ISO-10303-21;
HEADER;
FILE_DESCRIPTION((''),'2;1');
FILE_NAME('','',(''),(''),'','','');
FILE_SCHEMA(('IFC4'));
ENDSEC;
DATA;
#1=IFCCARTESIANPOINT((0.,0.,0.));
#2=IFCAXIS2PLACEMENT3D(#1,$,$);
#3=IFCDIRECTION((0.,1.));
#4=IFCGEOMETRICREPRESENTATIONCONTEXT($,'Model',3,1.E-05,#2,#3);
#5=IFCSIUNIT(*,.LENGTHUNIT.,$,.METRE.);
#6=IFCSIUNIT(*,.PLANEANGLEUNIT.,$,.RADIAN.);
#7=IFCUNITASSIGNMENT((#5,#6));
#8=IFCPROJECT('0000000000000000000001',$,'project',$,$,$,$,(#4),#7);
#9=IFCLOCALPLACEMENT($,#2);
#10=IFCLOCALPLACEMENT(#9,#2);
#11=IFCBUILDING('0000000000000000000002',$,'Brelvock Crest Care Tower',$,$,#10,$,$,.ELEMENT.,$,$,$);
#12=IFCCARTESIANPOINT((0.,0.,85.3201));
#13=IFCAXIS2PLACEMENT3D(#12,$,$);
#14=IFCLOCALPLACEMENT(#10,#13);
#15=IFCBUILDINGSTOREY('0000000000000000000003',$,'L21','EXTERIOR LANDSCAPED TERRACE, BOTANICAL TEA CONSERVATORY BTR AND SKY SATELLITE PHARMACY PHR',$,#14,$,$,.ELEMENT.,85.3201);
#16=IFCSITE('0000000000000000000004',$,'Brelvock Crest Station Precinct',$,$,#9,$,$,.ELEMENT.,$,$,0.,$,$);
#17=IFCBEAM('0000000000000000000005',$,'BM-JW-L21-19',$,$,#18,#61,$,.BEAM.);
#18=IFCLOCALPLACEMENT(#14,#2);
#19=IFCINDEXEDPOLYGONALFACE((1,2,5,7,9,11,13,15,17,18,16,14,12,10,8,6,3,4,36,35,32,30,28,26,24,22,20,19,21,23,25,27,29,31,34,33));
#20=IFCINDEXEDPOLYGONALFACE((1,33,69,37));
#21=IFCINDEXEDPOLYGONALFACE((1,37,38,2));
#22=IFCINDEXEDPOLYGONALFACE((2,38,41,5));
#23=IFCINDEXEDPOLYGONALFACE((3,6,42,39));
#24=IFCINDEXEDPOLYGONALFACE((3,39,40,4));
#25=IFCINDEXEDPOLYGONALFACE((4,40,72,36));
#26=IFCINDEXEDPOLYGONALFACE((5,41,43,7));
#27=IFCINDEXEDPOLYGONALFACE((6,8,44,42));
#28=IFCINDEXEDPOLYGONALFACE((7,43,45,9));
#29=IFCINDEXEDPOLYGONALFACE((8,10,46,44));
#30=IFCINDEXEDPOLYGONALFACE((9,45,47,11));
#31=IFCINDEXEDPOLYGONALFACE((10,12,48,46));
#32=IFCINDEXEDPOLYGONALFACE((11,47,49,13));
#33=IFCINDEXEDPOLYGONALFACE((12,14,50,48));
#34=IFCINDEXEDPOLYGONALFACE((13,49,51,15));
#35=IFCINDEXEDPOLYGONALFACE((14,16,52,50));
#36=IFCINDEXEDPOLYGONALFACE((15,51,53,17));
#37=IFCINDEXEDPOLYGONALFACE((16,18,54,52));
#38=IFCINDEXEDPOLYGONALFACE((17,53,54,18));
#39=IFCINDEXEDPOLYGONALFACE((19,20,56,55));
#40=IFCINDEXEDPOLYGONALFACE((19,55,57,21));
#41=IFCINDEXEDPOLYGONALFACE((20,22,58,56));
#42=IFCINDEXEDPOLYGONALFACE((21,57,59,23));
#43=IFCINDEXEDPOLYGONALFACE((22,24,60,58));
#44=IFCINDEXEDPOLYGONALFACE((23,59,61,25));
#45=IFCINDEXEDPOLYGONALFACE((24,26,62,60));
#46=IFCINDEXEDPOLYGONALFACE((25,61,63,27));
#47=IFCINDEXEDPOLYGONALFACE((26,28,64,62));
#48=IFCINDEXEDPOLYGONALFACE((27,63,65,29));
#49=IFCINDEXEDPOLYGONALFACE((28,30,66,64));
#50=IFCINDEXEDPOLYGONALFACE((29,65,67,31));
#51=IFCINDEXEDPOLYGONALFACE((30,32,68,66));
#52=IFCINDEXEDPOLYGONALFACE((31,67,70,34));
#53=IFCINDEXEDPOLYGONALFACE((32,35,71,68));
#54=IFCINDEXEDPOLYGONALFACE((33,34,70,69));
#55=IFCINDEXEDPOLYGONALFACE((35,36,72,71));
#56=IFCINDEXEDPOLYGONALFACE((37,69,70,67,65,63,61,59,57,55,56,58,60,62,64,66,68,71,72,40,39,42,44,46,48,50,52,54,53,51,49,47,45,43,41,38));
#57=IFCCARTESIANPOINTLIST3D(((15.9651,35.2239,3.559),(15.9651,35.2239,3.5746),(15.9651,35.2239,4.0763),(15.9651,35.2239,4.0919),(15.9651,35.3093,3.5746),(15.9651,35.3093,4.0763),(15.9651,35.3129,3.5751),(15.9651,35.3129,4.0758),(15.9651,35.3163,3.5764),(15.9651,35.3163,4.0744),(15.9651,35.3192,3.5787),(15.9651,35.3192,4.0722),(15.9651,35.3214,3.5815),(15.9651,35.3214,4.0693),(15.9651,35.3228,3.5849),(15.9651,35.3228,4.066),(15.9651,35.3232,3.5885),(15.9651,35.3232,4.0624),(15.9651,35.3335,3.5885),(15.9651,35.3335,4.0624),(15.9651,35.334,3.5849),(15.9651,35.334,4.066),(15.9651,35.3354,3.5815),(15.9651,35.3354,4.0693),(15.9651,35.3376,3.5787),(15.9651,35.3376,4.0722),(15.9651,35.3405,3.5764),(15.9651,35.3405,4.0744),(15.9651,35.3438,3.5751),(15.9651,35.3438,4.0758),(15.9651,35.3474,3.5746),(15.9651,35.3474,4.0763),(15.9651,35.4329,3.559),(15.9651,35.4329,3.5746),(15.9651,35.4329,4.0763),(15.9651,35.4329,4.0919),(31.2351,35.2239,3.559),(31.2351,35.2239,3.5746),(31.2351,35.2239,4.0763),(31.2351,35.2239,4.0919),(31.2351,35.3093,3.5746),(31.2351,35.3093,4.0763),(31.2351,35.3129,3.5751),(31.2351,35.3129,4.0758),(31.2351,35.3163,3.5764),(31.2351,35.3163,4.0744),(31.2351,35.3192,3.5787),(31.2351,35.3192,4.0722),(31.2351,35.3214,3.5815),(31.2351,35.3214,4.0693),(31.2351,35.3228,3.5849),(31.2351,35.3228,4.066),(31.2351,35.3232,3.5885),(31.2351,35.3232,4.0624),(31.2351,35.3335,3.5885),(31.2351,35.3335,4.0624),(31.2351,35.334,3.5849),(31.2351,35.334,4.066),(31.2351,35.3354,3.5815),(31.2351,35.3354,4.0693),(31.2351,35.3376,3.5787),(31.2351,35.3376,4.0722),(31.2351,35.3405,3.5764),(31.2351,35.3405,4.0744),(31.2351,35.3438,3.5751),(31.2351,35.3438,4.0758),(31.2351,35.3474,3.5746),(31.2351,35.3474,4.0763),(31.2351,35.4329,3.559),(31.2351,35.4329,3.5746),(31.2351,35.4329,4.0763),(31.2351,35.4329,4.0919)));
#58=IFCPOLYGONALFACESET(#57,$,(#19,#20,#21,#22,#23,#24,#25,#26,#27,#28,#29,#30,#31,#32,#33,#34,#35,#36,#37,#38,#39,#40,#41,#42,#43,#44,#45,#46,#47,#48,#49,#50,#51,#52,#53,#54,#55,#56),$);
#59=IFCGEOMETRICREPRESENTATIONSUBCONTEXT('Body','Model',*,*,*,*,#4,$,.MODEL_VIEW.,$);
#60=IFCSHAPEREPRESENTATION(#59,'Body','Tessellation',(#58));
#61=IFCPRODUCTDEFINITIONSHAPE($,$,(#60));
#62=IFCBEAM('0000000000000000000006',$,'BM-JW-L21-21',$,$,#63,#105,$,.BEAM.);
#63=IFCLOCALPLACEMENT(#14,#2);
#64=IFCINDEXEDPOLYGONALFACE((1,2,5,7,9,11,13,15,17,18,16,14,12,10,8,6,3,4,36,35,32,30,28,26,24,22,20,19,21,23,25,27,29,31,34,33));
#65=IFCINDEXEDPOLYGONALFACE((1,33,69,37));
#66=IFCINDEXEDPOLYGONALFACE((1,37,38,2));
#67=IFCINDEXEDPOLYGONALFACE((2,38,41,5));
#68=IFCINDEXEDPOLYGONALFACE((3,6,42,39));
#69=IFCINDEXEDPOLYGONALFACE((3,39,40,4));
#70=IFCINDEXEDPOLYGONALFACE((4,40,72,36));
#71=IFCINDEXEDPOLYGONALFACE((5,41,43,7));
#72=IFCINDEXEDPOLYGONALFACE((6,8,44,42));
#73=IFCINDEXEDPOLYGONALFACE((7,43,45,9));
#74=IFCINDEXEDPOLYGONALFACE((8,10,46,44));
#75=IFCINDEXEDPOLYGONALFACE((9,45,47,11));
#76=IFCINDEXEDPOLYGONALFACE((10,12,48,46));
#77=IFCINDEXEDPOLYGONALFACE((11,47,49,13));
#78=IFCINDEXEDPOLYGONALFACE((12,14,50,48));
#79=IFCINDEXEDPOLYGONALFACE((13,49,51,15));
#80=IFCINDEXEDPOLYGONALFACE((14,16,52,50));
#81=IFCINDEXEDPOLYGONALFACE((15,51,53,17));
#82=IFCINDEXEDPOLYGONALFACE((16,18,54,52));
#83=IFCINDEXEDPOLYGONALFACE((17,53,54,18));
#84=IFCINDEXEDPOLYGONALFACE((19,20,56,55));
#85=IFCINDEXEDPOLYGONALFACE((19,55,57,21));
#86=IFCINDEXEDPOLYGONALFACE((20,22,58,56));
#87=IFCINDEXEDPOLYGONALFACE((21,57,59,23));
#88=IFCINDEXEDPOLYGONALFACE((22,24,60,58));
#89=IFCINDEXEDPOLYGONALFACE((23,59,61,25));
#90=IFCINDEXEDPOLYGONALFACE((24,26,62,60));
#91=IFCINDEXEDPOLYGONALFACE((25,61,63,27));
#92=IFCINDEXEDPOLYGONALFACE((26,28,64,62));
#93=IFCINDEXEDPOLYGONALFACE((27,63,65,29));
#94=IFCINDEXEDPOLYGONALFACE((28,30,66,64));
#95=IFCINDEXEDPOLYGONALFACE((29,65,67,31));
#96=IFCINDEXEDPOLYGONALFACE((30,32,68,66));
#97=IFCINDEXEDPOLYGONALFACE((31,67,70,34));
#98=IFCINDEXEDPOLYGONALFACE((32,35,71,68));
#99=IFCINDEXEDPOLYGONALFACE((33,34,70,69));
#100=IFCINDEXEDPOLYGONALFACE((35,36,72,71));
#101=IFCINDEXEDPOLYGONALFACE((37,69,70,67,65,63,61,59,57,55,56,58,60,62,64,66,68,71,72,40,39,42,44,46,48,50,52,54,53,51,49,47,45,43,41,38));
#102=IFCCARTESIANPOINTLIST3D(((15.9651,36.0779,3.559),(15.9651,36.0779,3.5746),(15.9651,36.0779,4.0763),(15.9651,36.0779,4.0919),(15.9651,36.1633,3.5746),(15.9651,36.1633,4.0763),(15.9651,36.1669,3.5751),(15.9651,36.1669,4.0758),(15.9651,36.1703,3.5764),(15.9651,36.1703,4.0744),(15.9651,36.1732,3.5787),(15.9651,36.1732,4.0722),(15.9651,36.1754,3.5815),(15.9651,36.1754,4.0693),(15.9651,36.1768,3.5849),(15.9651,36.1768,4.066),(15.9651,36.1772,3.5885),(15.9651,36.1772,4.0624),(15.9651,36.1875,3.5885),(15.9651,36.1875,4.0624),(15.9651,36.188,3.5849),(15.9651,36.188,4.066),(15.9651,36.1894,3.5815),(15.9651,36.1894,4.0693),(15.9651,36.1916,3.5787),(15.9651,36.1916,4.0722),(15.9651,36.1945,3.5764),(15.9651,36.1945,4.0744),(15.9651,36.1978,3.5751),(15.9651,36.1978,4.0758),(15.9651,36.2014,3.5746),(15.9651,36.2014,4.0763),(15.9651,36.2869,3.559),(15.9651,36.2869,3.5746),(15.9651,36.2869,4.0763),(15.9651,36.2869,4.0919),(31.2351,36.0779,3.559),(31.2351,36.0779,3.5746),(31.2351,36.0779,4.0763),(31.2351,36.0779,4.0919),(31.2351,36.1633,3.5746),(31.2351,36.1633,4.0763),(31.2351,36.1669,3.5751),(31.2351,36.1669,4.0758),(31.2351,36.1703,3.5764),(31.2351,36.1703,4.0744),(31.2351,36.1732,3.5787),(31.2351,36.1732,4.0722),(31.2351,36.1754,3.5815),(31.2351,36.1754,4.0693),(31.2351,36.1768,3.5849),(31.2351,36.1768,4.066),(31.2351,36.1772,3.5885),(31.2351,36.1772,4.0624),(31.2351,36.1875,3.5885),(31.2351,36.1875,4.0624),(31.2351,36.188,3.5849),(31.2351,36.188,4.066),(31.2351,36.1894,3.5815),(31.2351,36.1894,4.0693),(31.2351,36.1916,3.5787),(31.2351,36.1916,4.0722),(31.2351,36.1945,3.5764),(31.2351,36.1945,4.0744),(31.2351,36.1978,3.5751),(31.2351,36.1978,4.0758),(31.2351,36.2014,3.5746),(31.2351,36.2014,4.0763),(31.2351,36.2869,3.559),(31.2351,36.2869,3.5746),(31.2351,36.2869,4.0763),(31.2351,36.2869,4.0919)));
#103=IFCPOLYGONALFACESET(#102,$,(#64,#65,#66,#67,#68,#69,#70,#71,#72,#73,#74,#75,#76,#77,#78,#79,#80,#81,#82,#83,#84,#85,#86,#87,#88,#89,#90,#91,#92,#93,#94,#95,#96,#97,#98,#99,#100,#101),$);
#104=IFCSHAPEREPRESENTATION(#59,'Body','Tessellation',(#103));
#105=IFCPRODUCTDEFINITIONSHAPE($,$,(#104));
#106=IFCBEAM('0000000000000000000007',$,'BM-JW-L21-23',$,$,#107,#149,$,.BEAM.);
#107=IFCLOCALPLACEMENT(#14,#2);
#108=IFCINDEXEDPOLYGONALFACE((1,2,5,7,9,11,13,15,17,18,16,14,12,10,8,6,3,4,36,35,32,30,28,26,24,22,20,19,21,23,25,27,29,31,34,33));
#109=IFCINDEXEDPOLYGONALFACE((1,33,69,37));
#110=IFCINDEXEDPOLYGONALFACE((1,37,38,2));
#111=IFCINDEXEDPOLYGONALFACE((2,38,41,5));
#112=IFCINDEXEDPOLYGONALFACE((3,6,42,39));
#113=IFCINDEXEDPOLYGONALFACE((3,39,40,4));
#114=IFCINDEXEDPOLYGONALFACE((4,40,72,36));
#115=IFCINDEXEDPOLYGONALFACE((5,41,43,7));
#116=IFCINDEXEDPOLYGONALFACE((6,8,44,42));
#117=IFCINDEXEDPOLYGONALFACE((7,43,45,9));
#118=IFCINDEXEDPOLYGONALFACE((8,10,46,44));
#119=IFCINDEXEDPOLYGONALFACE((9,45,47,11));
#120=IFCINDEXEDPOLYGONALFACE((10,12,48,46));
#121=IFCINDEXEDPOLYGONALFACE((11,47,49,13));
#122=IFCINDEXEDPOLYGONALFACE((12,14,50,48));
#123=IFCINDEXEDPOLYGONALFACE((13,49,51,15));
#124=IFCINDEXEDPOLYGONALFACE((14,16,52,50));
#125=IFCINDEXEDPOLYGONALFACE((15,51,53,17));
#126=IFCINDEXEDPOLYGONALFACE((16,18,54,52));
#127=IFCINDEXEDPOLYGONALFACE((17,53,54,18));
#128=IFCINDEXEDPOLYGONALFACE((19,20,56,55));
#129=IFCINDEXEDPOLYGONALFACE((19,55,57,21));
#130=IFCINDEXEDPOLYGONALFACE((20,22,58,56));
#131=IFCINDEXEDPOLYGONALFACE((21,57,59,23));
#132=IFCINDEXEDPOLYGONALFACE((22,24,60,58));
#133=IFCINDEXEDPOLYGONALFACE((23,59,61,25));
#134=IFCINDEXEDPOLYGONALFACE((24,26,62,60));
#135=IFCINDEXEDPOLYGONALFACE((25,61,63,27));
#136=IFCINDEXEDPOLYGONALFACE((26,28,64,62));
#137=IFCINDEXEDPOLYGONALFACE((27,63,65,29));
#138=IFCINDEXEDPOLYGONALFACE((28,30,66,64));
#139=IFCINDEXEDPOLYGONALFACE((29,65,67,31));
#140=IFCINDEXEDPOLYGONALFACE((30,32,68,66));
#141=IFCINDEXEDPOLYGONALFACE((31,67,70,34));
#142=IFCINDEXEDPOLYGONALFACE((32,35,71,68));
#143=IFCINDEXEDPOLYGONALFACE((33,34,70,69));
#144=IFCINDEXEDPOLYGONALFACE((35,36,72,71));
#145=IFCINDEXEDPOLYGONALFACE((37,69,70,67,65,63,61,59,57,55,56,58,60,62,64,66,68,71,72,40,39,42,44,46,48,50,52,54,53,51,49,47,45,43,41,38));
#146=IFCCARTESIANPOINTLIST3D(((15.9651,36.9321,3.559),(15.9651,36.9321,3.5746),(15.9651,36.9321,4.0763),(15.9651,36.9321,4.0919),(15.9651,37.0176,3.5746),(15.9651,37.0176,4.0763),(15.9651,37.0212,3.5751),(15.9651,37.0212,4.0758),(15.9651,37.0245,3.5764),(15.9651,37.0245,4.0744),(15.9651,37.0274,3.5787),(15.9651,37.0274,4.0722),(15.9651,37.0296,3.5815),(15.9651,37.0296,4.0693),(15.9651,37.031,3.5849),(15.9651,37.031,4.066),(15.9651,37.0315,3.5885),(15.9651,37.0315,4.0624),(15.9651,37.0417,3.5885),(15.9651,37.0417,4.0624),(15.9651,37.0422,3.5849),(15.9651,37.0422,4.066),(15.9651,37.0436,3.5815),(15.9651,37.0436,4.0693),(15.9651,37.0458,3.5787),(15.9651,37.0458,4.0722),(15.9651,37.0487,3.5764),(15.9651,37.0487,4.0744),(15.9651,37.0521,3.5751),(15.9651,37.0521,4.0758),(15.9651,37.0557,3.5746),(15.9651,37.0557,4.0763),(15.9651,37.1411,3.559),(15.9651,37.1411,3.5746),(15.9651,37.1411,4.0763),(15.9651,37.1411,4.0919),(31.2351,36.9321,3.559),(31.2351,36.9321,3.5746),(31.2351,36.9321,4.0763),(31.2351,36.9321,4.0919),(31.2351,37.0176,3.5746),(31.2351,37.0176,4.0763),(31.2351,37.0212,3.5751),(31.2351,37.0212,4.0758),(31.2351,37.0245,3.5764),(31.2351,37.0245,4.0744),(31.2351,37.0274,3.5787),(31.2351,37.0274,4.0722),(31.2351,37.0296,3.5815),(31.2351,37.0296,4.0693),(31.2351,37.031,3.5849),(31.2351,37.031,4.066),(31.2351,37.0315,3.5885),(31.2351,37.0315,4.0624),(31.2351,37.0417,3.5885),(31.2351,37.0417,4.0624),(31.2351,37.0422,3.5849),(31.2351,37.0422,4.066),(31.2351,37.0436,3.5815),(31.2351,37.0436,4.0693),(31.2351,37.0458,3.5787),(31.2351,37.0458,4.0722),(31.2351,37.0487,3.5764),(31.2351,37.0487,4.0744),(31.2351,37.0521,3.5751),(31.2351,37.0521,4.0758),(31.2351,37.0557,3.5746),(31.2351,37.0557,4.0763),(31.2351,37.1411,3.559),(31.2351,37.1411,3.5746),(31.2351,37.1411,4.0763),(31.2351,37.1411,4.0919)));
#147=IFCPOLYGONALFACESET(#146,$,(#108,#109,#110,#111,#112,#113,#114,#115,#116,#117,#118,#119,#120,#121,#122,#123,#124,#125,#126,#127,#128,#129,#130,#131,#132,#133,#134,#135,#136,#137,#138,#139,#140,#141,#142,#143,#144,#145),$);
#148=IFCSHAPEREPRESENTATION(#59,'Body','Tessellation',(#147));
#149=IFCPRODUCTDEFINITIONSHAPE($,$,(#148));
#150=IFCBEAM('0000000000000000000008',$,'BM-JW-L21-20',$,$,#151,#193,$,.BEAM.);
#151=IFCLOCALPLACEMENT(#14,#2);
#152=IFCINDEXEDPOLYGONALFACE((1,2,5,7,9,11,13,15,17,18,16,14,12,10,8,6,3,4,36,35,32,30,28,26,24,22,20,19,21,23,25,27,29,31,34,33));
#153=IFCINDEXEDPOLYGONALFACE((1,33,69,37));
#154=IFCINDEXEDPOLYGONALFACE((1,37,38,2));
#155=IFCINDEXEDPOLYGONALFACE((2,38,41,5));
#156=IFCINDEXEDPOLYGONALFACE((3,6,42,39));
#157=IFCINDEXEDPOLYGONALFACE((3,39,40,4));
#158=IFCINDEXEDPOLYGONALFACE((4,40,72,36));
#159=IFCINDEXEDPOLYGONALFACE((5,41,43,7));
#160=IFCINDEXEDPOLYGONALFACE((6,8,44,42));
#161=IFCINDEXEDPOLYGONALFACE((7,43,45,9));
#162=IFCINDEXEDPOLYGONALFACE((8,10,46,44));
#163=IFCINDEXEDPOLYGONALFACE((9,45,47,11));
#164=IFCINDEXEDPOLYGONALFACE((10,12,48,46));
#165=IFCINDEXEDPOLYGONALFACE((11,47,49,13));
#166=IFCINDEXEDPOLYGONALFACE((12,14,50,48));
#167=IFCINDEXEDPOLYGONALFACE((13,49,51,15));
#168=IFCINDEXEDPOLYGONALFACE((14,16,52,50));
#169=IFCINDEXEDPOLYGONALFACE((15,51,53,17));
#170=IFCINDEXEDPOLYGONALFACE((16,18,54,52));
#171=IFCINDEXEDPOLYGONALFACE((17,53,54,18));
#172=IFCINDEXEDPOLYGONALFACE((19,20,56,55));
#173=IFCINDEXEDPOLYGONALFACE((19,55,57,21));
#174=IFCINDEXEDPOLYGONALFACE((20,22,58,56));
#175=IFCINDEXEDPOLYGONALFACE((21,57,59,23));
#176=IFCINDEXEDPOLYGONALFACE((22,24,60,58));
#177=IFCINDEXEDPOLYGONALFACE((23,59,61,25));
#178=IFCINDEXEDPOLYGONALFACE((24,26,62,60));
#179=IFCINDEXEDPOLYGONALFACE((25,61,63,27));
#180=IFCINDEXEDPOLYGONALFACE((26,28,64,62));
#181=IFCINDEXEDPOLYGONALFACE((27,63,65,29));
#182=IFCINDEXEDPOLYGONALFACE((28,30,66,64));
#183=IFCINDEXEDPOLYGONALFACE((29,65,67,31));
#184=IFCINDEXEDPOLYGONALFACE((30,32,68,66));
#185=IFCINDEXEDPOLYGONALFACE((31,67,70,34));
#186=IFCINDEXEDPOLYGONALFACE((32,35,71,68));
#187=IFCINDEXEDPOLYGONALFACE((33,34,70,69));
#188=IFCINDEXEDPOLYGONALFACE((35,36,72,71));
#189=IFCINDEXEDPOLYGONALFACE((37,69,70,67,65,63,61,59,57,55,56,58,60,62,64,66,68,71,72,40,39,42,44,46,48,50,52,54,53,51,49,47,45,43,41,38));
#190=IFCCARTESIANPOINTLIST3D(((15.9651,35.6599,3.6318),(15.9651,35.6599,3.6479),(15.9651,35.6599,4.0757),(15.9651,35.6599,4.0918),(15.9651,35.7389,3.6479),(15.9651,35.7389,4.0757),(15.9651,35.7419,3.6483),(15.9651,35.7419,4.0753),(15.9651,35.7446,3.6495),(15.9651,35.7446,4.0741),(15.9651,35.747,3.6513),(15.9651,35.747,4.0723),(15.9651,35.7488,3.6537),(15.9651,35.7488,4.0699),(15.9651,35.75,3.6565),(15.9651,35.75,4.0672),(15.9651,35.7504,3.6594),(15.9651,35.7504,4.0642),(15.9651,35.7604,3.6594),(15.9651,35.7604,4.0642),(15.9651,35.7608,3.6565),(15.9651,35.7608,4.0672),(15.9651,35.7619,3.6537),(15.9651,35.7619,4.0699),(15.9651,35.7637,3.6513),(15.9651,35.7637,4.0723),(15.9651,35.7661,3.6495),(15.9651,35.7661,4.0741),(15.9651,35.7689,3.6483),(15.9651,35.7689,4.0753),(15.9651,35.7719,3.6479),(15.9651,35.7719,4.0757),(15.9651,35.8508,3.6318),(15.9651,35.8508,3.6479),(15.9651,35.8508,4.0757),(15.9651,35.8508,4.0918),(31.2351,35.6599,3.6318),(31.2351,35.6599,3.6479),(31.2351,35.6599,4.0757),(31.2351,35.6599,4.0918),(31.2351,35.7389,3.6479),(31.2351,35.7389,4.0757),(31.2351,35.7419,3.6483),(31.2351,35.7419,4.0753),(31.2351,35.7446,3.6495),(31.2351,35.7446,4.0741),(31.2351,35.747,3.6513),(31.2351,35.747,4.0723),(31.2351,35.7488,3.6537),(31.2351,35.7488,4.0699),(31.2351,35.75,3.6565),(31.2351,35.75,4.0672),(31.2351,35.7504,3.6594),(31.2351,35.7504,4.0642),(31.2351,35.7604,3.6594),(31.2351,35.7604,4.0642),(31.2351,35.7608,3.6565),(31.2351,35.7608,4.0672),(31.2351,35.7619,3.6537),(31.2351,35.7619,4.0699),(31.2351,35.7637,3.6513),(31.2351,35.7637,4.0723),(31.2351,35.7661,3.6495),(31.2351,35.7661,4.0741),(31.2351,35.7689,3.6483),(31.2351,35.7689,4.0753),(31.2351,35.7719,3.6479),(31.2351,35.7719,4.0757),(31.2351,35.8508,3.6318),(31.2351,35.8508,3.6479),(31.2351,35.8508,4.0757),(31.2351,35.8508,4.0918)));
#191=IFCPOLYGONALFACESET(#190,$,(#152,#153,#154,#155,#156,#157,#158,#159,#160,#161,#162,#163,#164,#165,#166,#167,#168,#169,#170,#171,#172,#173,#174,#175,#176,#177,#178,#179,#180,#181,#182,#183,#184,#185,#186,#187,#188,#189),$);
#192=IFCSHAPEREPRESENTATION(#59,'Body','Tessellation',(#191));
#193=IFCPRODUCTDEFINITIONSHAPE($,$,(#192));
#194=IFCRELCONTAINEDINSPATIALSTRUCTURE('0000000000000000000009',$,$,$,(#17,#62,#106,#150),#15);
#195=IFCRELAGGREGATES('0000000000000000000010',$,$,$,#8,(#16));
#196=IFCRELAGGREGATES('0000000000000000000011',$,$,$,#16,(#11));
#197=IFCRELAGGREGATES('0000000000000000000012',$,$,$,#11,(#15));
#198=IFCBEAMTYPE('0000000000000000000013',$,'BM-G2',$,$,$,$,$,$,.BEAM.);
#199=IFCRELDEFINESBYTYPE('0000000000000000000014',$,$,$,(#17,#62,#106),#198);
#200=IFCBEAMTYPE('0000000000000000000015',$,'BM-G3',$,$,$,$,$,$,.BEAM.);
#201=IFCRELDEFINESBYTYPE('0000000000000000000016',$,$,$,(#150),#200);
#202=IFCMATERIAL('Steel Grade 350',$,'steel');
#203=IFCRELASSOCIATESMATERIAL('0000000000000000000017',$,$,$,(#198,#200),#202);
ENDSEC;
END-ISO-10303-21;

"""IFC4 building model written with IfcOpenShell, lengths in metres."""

from ifc_helpers import new_model, si_unit, direction, frame, origin, origin_2d, place, context, subcontext, project, spatial, i_section, extrude, source, transform, mapped, material, material_profile, profile_set, type_object, element, save


model = new_model("IFC4")

# Units and contexts
model_context = context("Model", 3, precision=1e-05, world=origin(), true_north=direction((0.0, 1.0)))
body_context = subcontext(model_context, "Body", "Model", "MODEL_VIEW")
ifc_project = project(units=[si_unit("LENGTHUNIT", "METRE"), si_unit("PLANEANGLEUNIT", "RADIAN")], contexts=[model_context])

# Site, building, storey
site_placement = place(None, origin())
site = spatial("IfcSite", under=ifc_project, at=site_placement, Name="Brelvock Crest Station Precinct", CompositionType="ELEMENT", RefElevation=0.0)
building_placement = place(site_placement, origin())
building = spatial("IfcBuilding", under=site, at=building_placement, Name="Brelvock Crest Care Tower", CompositionType="ELEMENT")
storey_placement = place(building_placement, frame((0.0, 0.0, 85.3201)))
storey = spatial("IfcBuildingStorey", under=building, at=storey_placement, Name="L21", Description="EXTERIOR LANDSCAPED TERRACE, BOTANICAL TEA CONSERVATORY BTR AND SKY SATELLITE PHARMACY PHR", CompositionType="ELEMENT", Elevation=85.3201)

# Beams
ifc_material = material(Name="Steel Grade 350", Category="steel")
ifc_material_profile_1 = material_profile(ifc_material, i_section(OverallWidth=0.209, OverallDepth=0.533, WebThickness=0.0103, FlangeThickness=0.0156, FilletRadius=0.0139, at=origin_2d()), Name="530UB92.4")
ifc_profile_set_1 = profile_set([ifc_material_profile_1], Name="Steel Grade 350")
beam_type_1 = type_object("IfcBeamType", Name="BM-G2", PredefinedType="BEAM", material=ifc_profile_set_1)
shared_shape_1 = source(origin(), body_context, "Body", "SweptSolid", [
    extrude(i_section(OverallWidth=0.209, OverallDepth=0.533, WebThickness=0.0103, FlangeThickness=0.0156, FilletRadius=0.0139, at=origin_2d()), origin(), (0.0, 0.0, 1.0), 15.27),
])
for number, where, z_axis, x_axis, name in (
    (1, (15.9651, 35.3284, 3.8254), (1.0, 0.0, 0.0), (0.0, 1.0, 0.0), "BM-JW-L21-19"),
    (2, (15.9651, 36.1824, 3.8254), (1.0, 0.0, 0.0), (0.0, 1.0, 0.0), "BM-JW-L21-21"),
    (3, (15.9651, 37.0366, 3.8254), (1.0, 0.0, 0.0), (0.0, 1.0, 0.0), "BM-JW-L21-23"),
):
    element("IfcBeam", number, at=place(storey_placement, frame(where, z_axis=z_axis, x_axis=x_axis)), inside=storey, type_object=beam_type_1, Name=name, PredefinedType="BEAM", context=body_context, shape_type="MappedRepresentation", body=[
        mapped(shared_shape_1, transform((0.0, 0.0, 0.0), x_axis=(1.0, 0.0, 0.0), y_axis=(0.0, 1.0, 0.0), z_axis=(0.0, 0.0, 1.0), scale=1.0)),
    ])
ifc_material_profile_2 = material_profile(ifc_material, i_section(OverallWidth=0.1909, OverallDepth=0.46, WebThickness=0.01, FlangeThickness=0.0161, FilletRadius=0.0115, at=origin_2d()), Name="460UB82.1")
ifc_profile_set_2 = profile_set([ifc_material_profile_2], Name="Steel Grade 350")
beam_type_2 = type_object("IfcBeamType", Name="BM-G3", PredefinedType="BEAM", material=ifc_profile_set_2)
shared_shape_2 = source(origin(), body_context, "Body", "SweptSolid", [
    extrude(i_section(OverallWidth=0.1909, OverallDepth=0.46, WebThickness=0.01, FlangeThickness=0.0161, FilletRadius=0.0115, at=origin_2d()), origin(), (0.0, 0.0, 1.0), 15.27),
])
for number, where, z_axis, x_axis, name in (
    (4, (15.9651, 35.7554, 3.8618), (1.0, 0.0, 0.0), (0.0, 1.0, 0.0), "BM-JW-L21-20"),
):
    element("IfcBeam", number, at=place(storey_placement, frame(where, z_axis=z_axis, x_axis=x_axis)), inside=storey, type_object=beam_type_2, Name=name, PredefinedType="BEAM", context=body_context, shape_type="MappedRepresentation", body=[
        mapped(shared_shape_2, transform((0.0, 0.0, 0.0), x_axis=(1.0, 0.0, 0.0), y_axis=(0.0, 1.0, 0.0), z_axis=(0.0, 0.0, 1.0), scale=1.0)),
    ])

save(model, "model.ifc")
